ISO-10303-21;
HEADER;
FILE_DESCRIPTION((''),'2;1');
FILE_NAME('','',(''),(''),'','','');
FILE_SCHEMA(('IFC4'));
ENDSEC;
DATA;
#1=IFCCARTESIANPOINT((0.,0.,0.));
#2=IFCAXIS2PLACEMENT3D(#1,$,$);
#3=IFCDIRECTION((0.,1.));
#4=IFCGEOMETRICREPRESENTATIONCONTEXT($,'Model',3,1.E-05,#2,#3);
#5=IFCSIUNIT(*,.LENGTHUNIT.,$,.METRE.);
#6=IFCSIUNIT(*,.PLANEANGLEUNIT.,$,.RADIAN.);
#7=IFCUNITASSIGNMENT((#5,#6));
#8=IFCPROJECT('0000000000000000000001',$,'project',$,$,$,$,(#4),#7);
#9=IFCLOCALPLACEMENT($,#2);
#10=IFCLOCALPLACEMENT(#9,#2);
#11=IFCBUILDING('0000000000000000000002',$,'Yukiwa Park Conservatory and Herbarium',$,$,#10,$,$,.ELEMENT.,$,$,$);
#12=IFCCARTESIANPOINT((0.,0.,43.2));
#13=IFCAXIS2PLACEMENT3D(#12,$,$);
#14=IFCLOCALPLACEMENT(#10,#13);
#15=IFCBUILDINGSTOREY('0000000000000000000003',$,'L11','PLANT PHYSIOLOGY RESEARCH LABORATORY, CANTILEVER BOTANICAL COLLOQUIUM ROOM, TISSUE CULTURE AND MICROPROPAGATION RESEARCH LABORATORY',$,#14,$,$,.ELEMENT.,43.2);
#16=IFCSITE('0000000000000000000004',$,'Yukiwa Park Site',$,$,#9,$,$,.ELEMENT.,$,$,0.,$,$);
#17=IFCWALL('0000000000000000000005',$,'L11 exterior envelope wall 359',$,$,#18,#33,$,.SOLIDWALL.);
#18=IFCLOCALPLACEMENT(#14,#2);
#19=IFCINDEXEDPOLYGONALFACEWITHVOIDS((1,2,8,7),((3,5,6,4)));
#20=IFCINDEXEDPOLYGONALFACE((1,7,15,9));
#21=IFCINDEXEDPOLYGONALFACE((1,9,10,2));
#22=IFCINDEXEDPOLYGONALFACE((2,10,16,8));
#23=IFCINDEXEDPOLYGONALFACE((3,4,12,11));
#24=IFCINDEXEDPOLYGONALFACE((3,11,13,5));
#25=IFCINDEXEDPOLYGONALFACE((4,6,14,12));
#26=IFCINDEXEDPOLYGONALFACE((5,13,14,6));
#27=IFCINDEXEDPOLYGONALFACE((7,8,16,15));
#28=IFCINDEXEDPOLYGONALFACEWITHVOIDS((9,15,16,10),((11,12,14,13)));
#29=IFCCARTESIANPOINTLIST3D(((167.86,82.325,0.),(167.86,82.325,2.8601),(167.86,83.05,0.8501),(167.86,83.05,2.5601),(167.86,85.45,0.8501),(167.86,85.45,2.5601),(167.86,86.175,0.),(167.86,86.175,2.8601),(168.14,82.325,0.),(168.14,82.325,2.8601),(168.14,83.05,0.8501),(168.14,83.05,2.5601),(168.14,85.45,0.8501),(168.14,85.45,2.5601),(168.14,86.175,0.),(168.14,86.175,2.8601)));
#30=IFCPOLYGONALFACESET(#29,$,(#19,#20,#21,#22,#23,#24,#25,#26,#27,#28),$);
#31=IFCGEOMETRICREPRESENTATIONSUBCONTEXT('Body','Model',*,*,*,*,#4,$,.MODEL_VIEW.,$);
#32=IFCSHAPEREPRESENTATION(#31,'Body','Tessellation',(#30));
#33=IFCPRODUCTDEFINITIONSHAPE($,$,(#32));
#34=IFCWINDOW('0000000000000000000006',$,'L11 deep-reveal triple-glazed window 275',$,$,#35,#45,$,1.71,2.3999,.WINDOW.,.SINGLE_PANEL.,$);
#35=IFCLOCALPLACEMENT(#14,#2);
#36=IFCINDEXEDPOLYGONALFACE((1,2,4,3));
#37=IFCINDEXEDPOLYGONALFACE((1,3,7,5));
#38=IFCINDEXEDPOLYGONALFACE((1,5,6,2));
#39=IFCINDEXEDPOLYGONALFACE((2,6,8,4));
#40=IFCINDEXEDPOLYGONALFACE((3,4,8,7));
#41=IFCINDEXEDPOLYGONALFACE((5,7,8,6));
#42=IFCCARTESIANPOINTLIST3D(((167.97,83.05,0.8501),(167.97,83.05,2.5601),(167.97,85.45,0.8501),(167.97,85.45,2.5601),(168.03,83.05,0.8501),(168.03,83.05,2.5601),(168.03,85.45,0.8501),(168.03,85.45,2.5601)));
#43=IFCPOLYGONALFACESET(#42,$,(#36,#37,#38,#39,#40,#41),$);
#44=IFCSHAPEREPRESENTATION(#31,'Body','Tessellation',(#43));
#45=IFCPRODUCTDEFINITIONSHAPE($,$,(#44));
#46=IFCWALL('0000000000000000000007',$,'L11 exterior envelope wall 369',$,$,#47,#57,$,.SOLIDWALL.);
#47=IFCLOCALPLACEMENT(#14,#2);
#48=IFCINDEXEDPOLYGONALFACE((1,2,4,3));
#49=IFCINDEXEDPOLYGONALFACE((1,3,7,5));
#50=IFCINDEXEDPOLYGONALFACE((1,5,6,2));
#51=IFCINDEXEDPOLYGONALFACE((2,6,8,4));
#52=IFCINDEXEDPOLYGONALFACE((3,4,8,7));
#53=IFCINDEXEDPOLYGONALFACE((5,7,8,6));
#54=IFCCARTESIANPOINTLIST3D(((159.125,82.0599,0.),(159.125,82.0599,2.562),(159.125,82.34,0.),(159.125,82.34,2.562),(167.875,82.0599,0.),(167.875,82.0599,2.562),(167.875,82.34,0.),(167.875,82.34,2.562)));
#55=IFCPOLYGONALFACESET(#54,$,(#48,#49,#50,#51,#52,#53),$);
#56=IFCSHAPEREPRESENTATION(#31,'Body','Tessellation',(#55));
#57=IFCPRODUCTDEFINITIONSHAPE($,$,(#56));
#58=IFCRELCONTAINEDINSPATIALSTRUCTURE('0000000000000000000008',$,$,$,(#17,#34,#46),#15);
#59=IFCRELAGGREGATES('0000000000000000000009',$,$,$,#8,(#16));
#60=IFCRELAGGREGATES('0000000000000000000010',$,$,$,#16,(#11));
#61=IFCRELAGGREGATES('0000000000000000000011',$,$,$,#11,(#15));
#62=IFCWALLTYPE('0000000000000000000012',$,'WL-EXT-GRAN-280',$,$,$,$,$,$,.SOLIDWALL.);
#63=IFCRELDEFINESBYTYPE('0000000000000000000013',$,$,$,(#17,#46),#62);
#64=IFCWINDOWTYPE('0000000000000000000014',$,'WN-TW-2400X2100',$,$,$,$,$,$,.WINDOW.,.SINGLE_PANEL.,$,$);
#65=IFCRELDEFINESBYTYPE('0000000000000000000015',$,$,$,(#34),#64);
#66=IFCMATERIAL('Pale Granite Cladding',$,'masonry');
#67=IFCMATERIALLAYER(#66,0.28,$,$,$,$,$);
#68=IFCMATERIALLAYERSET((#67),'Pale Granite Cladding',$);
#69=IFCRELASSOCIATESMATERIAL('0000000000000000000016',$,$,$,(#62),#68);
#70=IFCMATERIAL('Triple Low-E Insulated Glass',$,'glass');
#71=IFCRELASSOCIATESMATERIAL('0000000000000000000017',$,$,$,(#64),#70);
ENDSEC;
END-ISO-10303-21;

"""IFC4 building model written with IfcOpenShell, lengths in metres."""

from ifc_helpers import new_model, si_unit, direction, frame, frame_2d, origin, place, context, subcontext, project, spatial, rectangle, extrude, material, layer, layer_set, type_object, element, fill, save


model = new_model("IFC4")

# Units and contexts
model_context = context("Model", 3, precision=1e-05, world=origin(), true_north=direction((0.0, 1.0)))
body_context = subcontext(model_context, "Body", "Model", "MODEL_VIEW")
ifc_project = project(units=[si_unit("LENGTHUNIT", "METRE"), si_unit("PLANEANGLEUNIT", "RADIAN")], contexts=[model_context])

# Site, building, storey
site_placement = place(None, origin())
site = spatial("IfcSite", under=ifc_project, at=site_placement, Name="Yukiwa Park Site", CompositionType="ELEMENT", RefElevation=0.0)
building_placement = place(site_placement, origin())
building = spatial("IfcBuilding", under=site, at=building_placement, Name="Yukiwa Park Conservatory and Herbarium", CompositionType="ELEMENT")
storey_placement = place(building_placement, frame((0.0, 0.0, 43.2)))
storey = spatial("IfcBuildingStorey", under=building, at=storey_placement, Name="L11", Description="PLANT PHYSIOLOGY RESEARCH LABORATORY, CANTILEVER BOTANICAL COLLOQUIUM ROOM, TISSUE CULTURE AND MICROPROPAGATION RESEARCH LABORATORY", CompositionType="ELEMENT", Elevation=43.2)

# Wall, opening, window
ifc_material_1 = material(Name="Pale Granite Cladding", Category="masonry")
ifc_layer_1 = layer(ifc_material_1, 0.28)
ifc_layer_set_1 = layer_set([ifc_layer_1], Name="Pale Granite Cladding")
wall_type = type_object("IfcWallType", Name="WL-EXT-GRAN-280", PredefinedType="SOLIDWALL", material=ifc_layer_set_1)
wall_1_placement = place(storey_placement, frame((168.0, 82.325, 0.0), z_axis=(0.0, 0.0, 1.0), x_axis=(0.0, 1.0, 0.0)))
wall_1 = element("IfcWall", 1, at=wall_1_placement, inside=storey, type_object=wall_type, Name="L11 exterior envelope wall 359", PredefinedType="SOLIDWALL", context=body_context, shape_type="SweptSolid", body=[
    extrude(rectangle(XDim=3.8501, YDim=0.28, at=frame_2d((1.925, 0.0))), origin(), (0.0, 0.0, 1.0), 2.8601),
])
opening_placement = place(wall_1_placement, frame((0.7251, 0.0, 0.8501)))
opening = element("IfcOpeningElement", 2, at=opening_placement, cuts=wall_1, PredefinedType="OPENING", context=body_context, shape_type="SweptSolid", body=[
    extrude(rectangle(XDim=2.3999, YDim=1.71, at=frame_2d((1.2, 0.855))), frame((0.0, 0.1499, 0.0), z_axis=(0.0, -1.0, 0.0), x_axis=(1.0, 0.0, 0.0)), (0.0, 0.0, 1.0), 0.3),
])
ifc_material_2 = material(Name="Triple Low-E Insulated Glass", Category="glass")
window_type = type_object("IfcWindowType", Name="WN-TW-2400X2100", PartitioningType="SINGLE_PANEL", PredefinedType="WINDOW", material=ifc_material_2)
window_placement = place(opening_placement, origin())
window = element("IfcWindow", 3, at=window_placement, inside=storey, type_object=window_type, Name="L11 deep-reveal triple-glazed window 275", OverallHeight=1.71, OverallWidth=2.3999, PartitioningType="SINGLE_PANEL", PredefinedType="WINDOW", context=body_context, shape_type="SweptSolid", body=[
    extrude(rectangle(XDim=2.3999, YDim=1.71, at=frame_2d((1.2, 0.855))), frame((0.0, 0.03, 0.0), z_axis=(0.0, -1.0, 0.0), x_axis=(1.0, 0.0, 0.0)), (0.0, 0.0, 1.0), 0.0601),
])
fill(opening, window)

# Wall
wall_2_placement = place(storey_placement, frame((159.125, 82.2, 0.0), z_axis=(0.0, 0.0, 1.0), x_axis=(1.0, 0.0, 0.0)))
element("IfcWall", 4, at=wall_2_placement, inside=storey, type_object=wall_type, Name="L11 exterior envelope wall 369", PredefinedType="SOLIDWALL", context=body_context, shape_type="SweptSolid", body=[
    extrude(rectangle(XDim=8.75, YDim=0.28, at=frame_2d((4.375, 0.0))), origin(), (0.0, 0.0, 1.0), 2.562),
])

save(model, "model.ifc")
